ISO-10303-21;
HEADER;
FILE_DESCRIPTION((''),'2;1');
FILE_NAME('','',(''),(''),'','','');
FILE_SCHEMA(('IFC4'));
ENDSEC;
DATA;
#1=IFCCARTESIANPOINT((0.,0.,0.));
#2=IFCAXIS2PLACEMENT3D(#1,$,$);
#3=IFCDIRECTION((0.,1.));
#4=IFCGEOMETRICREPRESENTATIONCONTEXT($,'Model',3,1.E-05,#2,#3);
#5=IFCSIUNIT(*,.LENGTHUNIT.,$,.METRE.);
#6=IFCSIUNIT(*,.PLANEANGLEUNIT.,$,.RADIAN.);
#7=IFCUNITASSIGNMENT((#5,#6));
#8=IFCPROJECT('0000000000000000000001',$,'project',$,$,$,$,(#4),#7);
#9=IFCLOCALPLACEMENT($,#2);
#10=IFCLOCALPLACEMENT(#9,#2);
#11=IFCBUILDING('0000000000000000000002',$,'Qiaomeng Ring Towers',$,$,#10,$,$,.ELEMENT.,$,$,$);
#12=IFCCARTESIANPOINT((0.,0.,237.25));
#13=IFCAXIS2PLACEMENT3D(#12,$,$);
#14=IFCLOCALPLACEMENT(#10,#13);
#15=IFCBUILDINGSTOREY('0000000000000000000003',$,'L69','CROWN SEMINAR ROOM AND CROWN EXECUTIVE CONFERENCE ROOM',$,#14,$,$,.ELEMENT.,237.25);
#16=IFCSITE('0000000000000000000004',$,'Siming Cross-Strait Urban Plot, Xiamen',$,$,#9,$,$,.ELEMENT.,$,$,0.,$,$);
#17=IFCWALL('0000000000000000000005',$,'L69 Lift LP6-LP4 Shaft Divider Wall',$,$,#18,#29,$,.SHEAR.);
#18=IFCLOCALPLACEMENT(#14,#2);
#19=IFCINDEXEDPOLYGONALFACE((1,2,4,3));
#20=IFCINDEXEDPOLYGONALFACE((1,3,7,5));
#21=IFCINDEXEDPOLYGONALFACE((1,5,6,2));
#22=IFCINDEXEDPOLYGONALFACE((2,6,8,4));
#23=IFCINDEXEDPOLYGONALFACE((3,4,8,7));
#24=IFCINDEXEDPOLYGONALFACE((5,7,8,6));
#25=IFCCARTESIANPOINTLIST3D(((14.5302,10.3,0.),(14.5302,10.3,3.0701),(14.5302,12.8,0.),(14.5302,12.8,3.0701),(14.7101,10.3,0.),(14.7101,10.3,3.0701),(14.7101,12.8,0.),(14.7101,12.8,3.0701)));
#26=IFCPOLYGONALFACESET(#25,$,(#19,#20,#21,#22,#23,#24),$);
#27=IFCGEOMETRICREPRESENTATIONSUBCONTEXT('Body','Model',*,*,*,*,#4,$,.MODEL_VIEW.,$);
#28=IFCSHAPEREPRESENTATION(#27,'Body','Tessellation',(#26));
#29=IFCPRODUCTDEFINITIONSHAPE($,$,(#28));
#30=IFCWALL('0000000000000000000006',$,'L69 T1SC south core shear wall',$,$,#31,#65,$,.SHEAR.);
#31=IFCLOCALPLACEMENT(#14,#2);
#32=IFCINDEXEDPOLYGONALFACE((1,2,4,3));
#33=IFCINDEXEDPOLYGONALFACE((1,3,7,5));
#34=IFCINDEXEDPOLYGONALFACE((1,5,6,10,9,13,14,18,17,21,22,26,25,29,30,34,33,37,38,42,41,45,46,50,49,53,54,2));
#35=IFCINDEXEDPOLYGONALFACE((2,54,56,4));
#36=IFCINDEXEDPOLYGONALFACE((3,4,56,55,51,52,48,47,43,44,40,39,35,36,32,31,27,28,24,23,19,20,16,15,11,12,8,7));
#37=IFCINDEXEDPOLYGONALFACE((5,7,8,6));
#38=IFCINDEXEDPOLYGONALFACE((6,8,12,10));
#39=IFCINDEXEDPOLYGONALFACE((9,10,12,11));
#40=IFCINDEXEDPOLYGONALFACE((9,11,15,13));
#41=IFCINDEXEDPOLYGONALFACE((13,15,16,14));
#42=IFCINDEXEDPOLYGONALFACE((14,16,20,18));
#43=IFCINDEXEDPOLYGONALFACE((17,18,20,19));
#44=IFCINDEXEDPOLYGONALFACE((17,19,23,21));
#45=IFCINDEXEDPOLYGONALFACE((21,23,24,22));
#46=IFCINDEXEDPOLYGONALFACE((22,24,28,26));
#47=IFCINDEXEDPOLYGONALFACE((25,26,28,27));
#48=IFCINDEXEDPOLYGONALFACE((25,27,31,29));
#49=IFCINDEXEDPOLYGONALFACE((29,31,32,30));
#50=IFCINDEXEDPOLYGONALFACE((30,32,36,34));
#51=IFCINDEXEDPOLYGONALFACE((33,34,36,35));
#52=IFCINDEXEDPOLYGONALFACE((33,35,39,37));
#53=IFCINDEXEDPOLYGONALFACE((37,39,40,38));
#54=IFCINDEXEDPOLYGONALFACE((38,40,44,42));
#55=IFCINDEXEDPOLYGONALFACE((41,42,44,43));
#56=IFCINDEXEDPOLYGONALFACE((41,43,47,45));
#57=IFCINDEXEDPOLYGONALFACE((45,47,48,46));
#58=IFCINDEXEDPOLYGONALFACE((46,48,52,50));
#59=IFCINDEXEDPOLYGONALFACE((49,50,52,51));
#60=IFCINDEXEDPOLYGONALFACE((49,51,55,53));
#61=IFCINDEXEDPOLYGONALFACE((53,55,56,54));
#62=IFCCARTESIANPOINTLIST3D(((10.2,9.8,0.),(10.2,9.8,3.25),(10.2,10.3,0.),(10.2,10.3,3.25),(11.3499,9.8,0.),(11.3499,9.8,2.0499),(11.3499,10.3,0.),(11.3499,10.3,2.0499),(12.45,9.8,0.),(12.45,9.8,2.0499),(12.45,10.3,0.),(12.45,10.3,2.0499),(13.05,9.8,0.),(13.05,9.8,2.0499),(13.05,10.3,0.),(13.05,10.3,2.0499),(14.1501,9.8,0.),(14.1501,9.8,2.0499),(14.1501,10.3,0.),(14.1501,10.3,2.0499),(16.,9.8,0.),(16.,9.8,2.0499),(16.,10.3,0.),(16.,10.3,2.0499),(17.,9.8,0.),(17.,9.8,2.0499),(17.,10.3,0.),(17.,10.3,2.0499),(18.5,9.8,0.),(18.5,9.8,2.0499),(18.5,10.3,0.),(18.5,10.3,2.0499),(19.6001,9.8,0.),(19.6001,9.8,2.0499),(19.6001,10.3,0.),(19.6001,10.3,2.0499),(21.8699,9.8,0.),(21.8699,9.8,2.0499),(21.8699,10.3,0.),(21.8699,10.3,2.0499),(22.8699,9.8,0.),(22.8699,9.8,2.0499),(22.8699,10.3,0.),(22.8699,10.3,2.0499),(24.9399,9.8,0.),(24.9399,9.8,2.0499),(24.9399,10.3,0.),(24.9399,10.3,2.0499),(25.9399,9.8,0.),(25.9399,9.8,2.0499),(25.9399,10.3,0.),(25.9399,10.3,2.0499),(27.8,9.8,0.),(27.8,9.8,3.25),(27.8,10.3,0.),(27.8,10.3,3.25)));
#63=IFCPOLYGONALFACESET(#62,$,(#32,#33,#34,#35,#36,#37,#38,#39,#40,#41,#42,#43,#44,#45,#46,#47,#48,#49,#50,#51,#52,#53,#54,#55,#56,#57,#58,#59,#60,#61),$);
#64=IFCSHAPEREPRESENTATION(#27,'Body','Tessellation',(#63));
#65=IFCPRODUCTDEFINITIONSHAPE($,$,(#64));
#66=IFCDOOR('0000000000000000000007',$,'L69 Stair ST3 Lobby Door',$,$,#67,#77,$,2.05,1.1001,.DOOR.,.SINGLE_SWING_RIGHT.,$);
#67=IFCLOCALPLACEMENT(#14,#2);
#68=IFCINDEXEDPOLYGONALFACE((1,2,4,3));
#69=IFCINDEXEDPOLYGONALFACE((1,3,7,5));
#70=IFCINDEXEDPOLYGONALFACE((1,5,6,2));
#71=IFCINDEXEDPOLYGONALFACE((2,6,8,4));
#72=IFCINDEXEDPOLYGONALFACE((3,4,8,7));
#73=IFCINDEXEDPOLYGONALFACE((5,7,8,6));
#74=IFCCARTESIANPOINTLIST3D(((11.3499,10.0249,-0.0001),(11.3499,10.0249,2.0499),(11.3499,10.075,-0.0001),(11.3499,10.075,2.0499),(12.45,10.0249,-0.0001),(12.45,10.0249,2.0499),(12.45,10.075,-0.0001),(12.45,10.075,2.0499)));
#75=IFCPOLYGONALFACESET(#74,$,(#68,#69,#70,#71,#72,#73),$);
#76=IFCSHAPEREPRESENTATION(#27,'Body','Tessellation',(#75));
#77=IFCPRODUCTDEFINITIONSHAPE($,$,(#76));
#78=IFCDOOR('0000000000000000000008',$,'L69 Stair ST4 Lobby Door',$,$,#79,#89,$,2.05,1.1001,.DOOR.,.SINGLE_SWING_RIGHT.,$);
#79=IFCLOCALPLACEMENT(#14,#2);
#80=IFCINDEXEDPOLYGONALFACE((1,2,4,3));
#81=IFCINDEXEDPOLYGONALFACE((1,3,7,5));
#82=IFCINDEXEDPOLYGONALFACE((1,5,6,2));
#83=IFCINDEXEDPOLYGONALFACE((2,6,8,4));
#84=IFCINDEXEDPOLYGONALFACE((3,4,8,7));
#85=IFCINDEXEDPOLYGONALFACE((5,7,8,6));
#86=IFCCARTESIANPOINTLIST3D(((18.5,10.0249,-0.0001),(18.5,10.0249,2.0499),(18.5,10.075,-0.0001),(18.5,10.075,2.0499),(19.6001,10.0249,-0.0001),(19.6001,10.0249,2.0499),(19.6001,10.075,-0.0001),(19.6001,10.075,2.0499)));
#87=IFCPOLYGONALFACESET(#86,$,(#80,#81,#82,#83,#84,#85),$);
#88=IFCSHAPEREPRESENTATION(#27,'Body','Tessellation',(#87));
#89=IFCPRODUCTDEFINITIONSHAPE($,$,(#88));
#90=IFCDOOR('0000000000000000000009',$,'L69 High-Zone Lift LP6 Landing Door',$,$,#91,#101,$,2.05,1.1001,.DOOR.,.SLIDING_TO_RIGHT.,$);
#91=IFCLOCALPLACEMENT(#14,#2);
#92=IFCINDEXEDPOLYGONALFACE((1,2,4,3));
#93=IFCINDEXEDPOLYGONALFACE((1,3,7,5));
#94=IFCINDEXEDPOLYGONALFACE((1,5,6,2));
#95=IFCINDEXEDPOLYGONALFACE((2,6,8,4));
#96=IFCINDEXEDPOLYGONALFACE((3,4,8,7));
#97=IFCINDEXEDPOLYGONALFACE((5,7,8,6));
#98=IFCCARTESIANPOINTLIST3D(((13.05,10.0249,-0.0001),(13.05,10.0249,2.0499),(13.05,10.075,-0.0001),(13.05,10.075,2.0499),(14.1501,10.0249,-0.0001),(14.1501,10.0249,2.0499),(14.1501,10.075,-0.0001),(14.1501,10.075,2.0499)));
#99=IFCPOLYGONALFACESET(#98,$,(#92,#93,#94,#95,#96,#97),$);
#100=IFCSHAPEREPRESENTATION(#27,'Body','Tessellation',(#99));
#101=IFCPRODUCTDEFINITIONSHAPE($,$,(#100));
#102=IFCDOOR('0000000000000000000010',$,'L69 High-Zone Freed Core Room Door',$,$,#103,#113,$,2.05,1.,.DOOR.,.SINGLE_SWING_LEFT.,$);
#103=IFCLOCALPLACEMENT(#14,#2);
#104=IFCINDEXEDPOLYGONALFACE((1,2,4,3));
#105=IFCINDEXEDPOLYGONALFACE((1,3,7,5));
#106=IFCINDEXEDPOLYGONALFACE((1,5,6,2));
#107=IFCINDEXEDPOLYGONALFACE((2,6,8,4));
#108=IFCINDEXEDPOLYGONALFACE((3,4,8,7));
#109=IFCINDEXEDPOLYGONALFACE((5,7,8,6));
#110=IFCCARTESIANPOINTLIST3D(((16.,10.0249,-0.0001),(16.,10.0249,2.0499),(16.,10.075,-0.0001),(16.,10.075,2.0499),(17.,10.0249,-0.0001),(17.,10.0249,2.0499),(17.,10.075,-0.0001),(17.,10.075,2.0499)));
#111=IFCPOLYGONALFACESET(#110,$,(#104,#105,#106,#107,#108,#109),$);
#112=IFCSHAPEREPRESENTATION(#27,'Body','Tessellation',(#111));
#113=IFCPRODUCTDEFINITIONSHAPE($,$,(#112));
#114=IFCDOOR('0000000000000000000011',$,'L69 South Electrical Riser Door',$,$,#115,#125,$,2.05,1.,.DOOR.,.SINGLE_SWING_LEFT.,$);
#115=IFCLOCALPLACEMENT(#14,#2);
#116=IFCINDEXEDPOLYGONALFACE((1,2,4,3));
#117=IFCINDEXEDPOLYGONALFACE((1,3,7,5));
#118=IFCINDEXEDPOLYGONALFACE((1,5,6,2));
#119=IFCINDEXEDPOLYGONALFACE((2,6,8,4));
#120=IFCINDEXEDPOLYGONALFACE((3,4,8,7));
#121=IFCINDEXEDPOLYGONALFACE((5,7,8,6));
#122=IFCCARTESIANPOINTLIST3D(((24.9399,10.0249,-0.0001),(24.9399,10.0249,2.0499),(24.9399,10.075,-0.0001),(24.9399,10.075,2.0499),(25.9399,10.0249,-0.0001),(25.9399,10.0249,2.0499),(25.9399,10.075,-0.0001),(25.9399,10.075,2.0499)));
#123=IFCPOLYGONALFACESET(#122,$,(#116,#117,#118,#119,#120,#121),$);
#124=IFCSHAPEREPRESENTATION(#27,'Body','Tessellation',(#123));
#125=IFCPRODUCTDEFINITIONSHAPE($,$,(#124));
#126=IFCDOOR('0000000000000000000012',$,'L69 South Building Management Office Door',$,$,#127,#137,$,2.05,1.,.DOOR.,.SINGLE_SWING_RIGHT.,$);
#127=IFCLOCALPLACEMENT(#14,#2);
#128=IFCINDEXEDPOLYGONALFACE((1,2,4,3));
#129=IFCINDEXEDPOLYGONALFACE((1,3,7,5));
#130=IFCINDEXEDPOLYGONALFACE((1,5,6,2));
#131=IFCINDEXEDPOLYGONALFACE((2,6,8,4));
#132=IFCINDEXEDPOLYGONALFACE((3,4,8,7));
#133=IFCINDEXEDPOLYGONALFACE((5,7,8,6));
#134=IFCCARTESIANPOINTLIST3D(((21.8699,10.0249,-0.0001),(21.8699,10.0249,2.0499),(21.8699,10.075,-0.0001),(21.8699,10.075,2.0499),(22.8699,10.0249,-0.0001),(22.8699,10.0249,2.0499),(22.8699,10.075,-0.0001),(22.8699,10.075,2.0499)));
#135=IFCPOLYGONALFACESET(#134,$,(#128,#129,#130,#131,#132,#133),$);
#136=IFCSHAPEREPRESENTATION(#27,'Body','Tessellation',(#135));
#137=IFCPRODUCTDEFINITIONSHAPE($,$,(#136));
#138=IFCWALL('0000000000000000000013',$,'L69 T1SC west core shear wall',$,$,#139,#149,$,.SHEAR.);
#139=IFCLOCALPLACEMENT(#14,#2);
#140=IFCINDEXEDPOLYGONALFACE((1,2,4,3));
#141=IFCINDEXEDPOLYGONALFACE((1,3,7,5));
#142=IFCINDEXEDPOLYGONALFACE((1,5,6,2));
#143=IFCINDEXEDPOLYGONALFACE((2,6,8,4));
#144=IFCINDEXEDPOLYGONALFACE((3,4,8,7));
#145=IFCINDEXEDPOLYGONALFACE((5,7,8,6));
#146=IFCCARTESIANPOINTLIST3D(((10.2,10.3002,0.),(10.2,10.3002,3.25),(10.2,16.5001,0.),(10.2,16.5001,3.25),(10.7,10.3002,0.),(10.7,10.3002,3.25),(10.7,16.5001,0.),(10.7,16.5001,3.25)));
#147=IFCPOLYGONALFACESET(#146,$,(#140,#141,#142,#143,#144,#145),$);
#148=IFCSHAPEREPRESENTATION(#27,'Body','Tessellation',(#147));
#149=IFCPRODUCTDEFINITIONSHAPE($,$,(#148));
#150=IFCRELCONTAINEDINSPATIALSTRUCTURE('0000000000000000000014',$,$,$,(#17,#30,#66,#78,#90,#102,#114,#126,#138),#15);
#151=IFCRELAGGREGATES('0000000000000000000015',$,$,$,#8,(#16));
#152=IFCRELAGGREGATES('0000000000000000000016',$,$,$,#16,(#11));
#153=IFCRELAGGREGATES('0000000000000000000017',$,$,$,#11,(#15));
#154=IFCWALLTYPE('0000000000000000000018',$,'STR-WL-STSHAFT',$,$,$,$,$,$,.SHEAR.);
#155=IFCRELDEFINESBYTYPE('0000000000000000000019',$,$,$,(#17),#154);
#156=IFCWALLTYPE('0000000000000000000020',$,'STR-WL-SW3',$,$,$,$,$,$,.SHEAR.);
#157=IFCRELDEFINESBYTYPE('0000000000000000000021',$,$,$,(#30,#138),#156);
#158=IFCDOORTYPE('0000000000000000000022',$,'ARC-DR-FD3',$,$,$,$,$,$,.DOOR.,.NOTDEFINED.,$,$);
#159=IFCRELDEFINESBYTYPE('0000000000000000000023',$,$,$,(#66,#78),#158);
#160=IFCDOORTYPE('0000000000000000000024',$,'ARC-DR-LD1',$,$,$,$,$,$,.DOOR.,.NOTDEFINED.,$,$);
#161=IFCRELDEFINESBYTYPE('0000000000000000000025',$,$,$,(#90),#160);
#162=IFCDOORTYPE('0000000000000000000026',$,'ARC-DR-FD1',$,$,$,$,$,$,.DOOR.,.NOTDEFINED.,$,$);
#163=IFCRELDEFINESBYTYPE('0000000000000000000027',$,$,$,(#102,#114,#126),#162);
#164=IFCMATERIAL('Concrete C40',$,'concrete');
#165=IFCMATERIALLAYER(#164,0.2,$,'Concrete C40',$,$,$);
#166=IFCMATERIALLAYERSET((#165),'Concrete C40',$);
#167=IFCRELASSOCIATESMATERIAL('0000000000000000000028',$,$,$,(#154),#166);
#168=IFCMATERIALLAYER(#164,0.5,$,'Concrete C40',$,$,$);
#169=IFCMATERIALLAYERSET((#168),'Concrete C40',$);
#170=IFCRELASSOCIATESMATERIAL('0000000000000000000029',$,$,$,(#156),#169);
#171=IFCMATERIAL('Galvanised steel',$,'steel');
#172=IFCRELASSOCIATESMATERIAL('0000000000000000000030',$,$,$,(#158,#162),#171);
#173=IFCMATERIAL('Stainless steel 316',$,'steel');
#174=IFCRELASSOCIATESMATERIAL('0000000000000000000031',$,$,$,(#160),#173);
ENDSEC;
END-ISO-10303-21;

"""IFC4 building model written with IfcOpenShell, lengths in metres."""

from ifc_helpers import new_model, si_unit, direction, frame, frame_2d, origin, place, context, subcontext, project, spatial, rectangle, extrude, source, transform, mapped, material, layer, layer_set, type_object, element, fill, save


model = new_model("IFC4")

# Units and contexts
model_context = context("Model", 3, precision=1e-05, world=origin(), true_north=direction((0.0, 1.0)))
body_context = subcontext(model_context, "Body", "Model", "MODEL_VIEW")
ifc_project = project(units=[si_unit("LENGTHUNIT", "METRE"), si_unit("PLANEANGLEUNIT", "RADIAN")], contexts=[model_context])

# Site, building, storey
site_placement = place(None, origin())
site = spatial("IfcSite", under=ifc_project, at=site_placement, Name="Siming Cross-Strait Urban Plot, Xiamen", CompositionType="ELEMENT", RefElevation=0.0)
building_placement = place(site_placement, origin())
building = spatial("IfcBuilding", under=site, at=building_placement, Name="Qiaomeng Ring Towers", CompositionType="ELEMENT")
storey_placement = place(building_placement, frame((0.0, 0.0, 237.25)))
storey = spatial("IfcBuildingStorey", under=building, at=storey_placement, Name="L69", Description="CROWN SEMINAR ROOM AND CROWN EXECUTIVE CONFERENCE ROOM", CompositionType="ELEMENT", Elevation=237.25)

# Shared definitions
ifc_material_1 = material(Name="Concrete C40", Category="concrete")

# Wall
ifc_layer_1 = layer(ifc_material_1, 0.2, Name="Concrete C40")
ifc_layer_set_1 = layer_set([ifc_layer_1], Name="Concrete C40")
wall_type_1 = type_object("IfcWallType", Name="STR-WL-STSHAFT", PredefinedType="SHEAR", material=ifc_layer_set_1)
wall_1_placement = place(storey_placement, frame((14.6201, 10.3, 0.0), z_axis=(0.0, 0.0, 1.0), x_axis=(0.0, 1.0, 0.0)))
element("IfcWall", 1, at=wall_1_placement, inside=storey, type_object=wall_type_1, Name="L69 Lift LP6-LP4 Shaft Divider Wall", PredefinedType="SHEAR", context=body_context, shape_type="SweptSolid", body=[
    extrude(rectangle(XDim=2.5, YDim=0.1799, at=frame_2d((1.25, 0.0))), origin(), (0.0, 0.0, 1.0), 3.0701),
])

# Wall, openings, doors
ifc_layer_2 = layer(ifc_material_1, 0.5, Name="Concrete C40")
ifc_layer_set_2 = layer_set([ifc_layer_2], Name="Concrete C40")
wall_type_2 = type_object("IfcWallType", Name="STR-WL-SW3", PredefinedType="SHEAR", material=ifc_layer_set_2)
wall_2_placement = place(storey_placement, frame((10.2, 10.05, 0.0), z_axis=(0.0, 0.0, 1.0), x_axis=(1.0, 0.0, 0.0)))
wall_2 = element("IfcWall", 2, at=wall_2_placement, inside=storey, type_object=wall_type_2, Name="L69 T1SC south core shear wall", PredefinedType="SHEAR", context=body_context, shape_type="SweptSolid", body=[
    extrude(rectangle(XDim=17.6001, YDim=0.5, at=frame_2d((8.8, 0.0))), origin(), (0.0, 0.0, 1.0), 3.25),
])
opening_1_placement = place(wall_2_placement, frame((1.1499, 0.0, 0.0)))
opening_1 = element("IfcOpeningElement", 3, at=opening_1_placement, cuts=wall_2, PredefinedType="OPENING", context=body_context, shape_type="SweptSolid", body=[
    extrude(rectangle(XDim=1.1001, YDim=2.05, at=frame_2d((0.55, 1.0249))), frame((0.0, 0.26, 0.0), z_axis=(0.0, -1.0, 0.0), x_axis=(1.0, 0.0, 0.0)), (0.0, 0.0, 1.0), 0.52),
])
opening_2_placement = place(wall_2_placement, frame((8.3, 0.0, 0.0)))
opening_2 = element("IfcOpeningElement", 4, at=opening_2_placement, cuts=wall_2, PredefinedType="OPENING", context=body_context, shape_type="SweptSolid", body=[
    extrude(rectangle(XDim=1.1001, YDim=2.05, at=frame_2d((0.55, 1.0249))), frame((0.0, 0.26, 0.0), z_axis=(0.0, -1.0, 0.0), x_axis=(1.0, 0.0, 0.0)), (0.0, 0.0, 1.0), 0.52),
])
opening_3_placement = place(wall_2_placement, frame((2.8501, 0.0, 0.0)))
opening_3 = element("IfcOpeningElement", 5, at=opening_3_placement, cuts=wall_2, PredefinedType="OPENING", context=body_context, shape_type="SweptSolid", body=[
    extrude(rectangle(XDim=1.1001, YDim=2.05, at=frame_2d((0.55, 1.0249))), frame((0.0, 0.26, 0.0), z_axis=(0.0, -1.0, 0.0), x_axis=(1.0, 0.0, 0.0)), (0.0, 0.0, 1.0), 0.52),
])
opening_4_placement = place(wall_2_placement, frame((5.8, 0.0, 0.0)))
opening_4 = element("IfcOpeningElement", 6, at=opening_4_placement, cuts=wall_2, PredefinedType="OPENING", context=body_context, shape_type="SweptSolid", body=[
    extrude(rectangle(XDim=1.0, YDim=2.05, at=frame_2d((0.5, 1.0249))), frame((0.0, 0.26, 0.0), z_axis=(0.0, -1.0, 0.0), x_axis=(1.0, 0.0, 0.0)), (0.0, 0.0, 1.0), 0.52),
])
opening_5_placement = place(wall_2_placement, frame((14.74, 0.0, 0.0)))
opening_5 = element("IfcOpeningElement", 7, at=opening_5_placement, cuts=wall_2, PredefinedType="OPENING", context=body_context, shape_type="SweptSolid", body=[
    extrude(rectangle(XDim=1.0, YDim=2.05, at=frame_2d((0.5, 1.0249))), frame((0.0, 0.26, 0.0), z_axis=(0.0, -1.0, 0.0), x_axis=(1.0, 0.0, 0.0)), (0.0, 0.0, 1.0), 0.52),
])
opening_6_placement = place(wall_2_placement, frame((11.6699, 0.0, 0.0)))
opening_6 = element("IfcOpeningElement", 8, at=opening_6_placement, cuts=wall_2, PredefinedType="OPENING", context=body_context, shape_type="SweptSolid", body=[
    extrude(rectangle(XDim=1.0, YDim=2.05, at=frame_2d((0.5, 1.0249))), frame((0.0, 0.26, 0.0), z_axis=(0.0, -1.0, 0.0), x_axis=(1.0, 0.0, 0.0)), (0.0, 0.0, 1.0), 0.52),
])
ifc_material_2 = material(Name="Galvanised steel", Category="steel")
door_type_1 = type_object("IfcDoorType", Name="ARC-DR-FD3", OperationType="NOTDEFINED", PredefinedType="DOOR", material=ifc_material_2)
shared_shape_1 = source(origin(), body_context, "Body", "SweptSolid", [
    extrude(rectangle(XDim=1.1001, YDim=2.05, at=frame_2d((0.55, 1.0249))), frame((0.0, 0.0249, 0.0), z_axis=(0.0, -1.0, 0.0), x_axis=(1.0, 0.0, 0.0)), (0.0, 0.0, 1.0), 0.05),
])
door_1_placement = place(opening_1_placement, origin())
door_1 = element("IfcDoor", 9, at=door_1_placement, inside=storey, type_object=door_type_1, Name="L69 Stair ST3 Lobby Door", OperationType="SINGLE_SWING_RIGHT", OverallHeight=2.05, OverallWidth=1.1001, PredefinedType="DOOR", context=body_context, shape_type="MappedRepresentation", body=[
    mapped(shared_shape_1, transform((0.0, 0.0, 0.0), x_axis=(1.0, 0.0, 0.0), y_axis=(0.0, 1.0, 0.0), z_axis=(0.0, 0.0, 1.0), scale=1.0)),
])
fill(opening_1, door_1)
door_2_placement = place(opening_2_placement, origin())
door_2 = element("IfcDoor", 10, at=door_2_placement, inside=storey, type_object=door_type_1, Name="L69 Stair ST4 Lobby Door", OperationType="SINGLE_SWING_RIGHT", OverallHeight=2.05, OverallWidth=1.1001, PredefinedType="DOOR", context=body_context, shape_type="MappedRepresentation", body=[
    mapped(shared_shape_1, transform((0.0, 0.0, 0.0), x_axis=(1.0, 0.0, 0.0), y_axis=(0.0, 1.0, 0.0), z_axis=(0.0, 0.0, 1.0), scale=1.0)),
])
fill(opening_2, door_2)
ifc_material_3 = material(Name="Stainless steel 316", Category="steel")
door_type_2 = type_object("IfcDoorType", Name="ARC-DR-LD1", OperationType="NOTDEFINED", PredefinedType="DOOR", material=ifc_material_3)
door_3_placement = place(opening_3_placement, origin())
door_3 = element("IfcDoor", 11, at=door_3_placement, inside=storey, type_object=door_type_2, Name="L69 High-Zone Lift LP6 Landing Door", OperationType="SLIDING_TO_RIGHT", OverallHeight=2.05, OverallWidth=1.1001, PredefinedType="DOOR", context=body_context, shape_type="MappedRepresentation", body=[
    mapped(shared_shape_1, transform((0.0, 0.0, 0.0), x_axis=(1.0, 0.0, 0.0), y_axis=(0.0, 1.0, 0.0), z_axis=(0.0, 0.0, 1.0), scale=1.0)),
])
fill(opening_3, door_3)
door_type_3 = type_object("IfcDoorType", Name="ARC-DR-FD1", OperationType="NOTDEFINED", PredefinedType="DOOR", material=ifc_material_2)
shared_shape_2 = source(origin(), body_context, "Body", "SweptSolid", [
    extrude(rectangle(XDim=1.0, YDim=2.05, at=frame_2d((0.5, 1.0249))), frame((0.0, 0.0249, 0.0), z_axis=(0.0, -1.0, 0.0), x_axis=(1.0, 0.0, 0.0)), (0.0, 0.0, 1.0), 0.05),
])
door_4_placement = place(opening_4_placement, origin())
door_4 = element("IfcDoor", 12, at=door_4_placement, inside=storey, type_object=door_type_3, Name="L69 High-Zone Freed Core Room Door", OperationType="SINGLE_SWING_LEFT", OverallHeight=2.05, OverallWidth=1.0, PredefinedType="DOOR", context=body_context, shape_type="MappedRepresentation", body=[
    mapped(shared_shape_2, transform((0.0, 0.0, 0.0), x_axis=(1.0, 0.0, 0.0), y_axis=(0.0, 1.0, 0.0), z_axis=(0.0, 0.0, 1.0), scale=1.0)),
])
fill(opening_4, door_4)
door_5_placement = place(opening_5_placement, origin())
door_5 = element("IfcDoor", 13, at=door_5_placement, inside=storey, type_object=door_type_3, Name="L69 South Electrical Riser Door", OperationType="SINGLE_SWING_LEFT", OverallHeight=2.05, OverallWidth=1.0, PredefinedType="DOOR", context=body_context, shape_type="MappedRepresentation", body=[
    mapped(shared_shape_2, transform((0.0, 0.0, 0.0), x_axis=(1.0, 0.0, 0.0), y_axis=(0.0, 1.0, 0.0), z_axis=(0.0, 0.0, 1.0), scale=1.0)),
])
fill(opening_5, door_5)
door_6_placement = place(opening_6_placement, origin())
door_6 = element("IfcDoor", 14, at=door_6_placement, inside=storey, type_object=door_type_3, Name="L69 South Building Management Office Door", OperationType="SINGLE_SWING_RIGHT", OverallHeight=2.05, OverallWidth=1.0, PredefinedType="DOOR", context=body_context, shape_type="MappedRepresentation", body=[
    mapped(shared_shape_2, transform((0.0, 0.0, 0.0), x_axis=(1.0, 0.0, 0.0), y_axis=(0.0, 1.0, 0.0), z_axis=(0.0, 0.0, 1.0), scale=1.0)),
])
fill(opening_6, door_6)

# Wall
wall_3_placement = place(storey_placement, frame((10.45, 10.3, 0.0), z_axis=(0.0, 0.0, 1.0), x_axis=(0.0, 1.0, 0.0)))
element("IfcWall", 15, at=wall_3_placement, inside=storey, type_object=wall_type_2, Name="L69 T1SC west core shear wall", PredefinedType="SHEAR", context=body_context, shape_type="SweptSolid", body=[
    extrude(rectangle(XDim=6.2, YDim=0.5, at=frame_2d((3.1001, 0.0))), origin(), (0.0, 0.0, 1.0), 3.25),
])

save(model, "model.ifc")
